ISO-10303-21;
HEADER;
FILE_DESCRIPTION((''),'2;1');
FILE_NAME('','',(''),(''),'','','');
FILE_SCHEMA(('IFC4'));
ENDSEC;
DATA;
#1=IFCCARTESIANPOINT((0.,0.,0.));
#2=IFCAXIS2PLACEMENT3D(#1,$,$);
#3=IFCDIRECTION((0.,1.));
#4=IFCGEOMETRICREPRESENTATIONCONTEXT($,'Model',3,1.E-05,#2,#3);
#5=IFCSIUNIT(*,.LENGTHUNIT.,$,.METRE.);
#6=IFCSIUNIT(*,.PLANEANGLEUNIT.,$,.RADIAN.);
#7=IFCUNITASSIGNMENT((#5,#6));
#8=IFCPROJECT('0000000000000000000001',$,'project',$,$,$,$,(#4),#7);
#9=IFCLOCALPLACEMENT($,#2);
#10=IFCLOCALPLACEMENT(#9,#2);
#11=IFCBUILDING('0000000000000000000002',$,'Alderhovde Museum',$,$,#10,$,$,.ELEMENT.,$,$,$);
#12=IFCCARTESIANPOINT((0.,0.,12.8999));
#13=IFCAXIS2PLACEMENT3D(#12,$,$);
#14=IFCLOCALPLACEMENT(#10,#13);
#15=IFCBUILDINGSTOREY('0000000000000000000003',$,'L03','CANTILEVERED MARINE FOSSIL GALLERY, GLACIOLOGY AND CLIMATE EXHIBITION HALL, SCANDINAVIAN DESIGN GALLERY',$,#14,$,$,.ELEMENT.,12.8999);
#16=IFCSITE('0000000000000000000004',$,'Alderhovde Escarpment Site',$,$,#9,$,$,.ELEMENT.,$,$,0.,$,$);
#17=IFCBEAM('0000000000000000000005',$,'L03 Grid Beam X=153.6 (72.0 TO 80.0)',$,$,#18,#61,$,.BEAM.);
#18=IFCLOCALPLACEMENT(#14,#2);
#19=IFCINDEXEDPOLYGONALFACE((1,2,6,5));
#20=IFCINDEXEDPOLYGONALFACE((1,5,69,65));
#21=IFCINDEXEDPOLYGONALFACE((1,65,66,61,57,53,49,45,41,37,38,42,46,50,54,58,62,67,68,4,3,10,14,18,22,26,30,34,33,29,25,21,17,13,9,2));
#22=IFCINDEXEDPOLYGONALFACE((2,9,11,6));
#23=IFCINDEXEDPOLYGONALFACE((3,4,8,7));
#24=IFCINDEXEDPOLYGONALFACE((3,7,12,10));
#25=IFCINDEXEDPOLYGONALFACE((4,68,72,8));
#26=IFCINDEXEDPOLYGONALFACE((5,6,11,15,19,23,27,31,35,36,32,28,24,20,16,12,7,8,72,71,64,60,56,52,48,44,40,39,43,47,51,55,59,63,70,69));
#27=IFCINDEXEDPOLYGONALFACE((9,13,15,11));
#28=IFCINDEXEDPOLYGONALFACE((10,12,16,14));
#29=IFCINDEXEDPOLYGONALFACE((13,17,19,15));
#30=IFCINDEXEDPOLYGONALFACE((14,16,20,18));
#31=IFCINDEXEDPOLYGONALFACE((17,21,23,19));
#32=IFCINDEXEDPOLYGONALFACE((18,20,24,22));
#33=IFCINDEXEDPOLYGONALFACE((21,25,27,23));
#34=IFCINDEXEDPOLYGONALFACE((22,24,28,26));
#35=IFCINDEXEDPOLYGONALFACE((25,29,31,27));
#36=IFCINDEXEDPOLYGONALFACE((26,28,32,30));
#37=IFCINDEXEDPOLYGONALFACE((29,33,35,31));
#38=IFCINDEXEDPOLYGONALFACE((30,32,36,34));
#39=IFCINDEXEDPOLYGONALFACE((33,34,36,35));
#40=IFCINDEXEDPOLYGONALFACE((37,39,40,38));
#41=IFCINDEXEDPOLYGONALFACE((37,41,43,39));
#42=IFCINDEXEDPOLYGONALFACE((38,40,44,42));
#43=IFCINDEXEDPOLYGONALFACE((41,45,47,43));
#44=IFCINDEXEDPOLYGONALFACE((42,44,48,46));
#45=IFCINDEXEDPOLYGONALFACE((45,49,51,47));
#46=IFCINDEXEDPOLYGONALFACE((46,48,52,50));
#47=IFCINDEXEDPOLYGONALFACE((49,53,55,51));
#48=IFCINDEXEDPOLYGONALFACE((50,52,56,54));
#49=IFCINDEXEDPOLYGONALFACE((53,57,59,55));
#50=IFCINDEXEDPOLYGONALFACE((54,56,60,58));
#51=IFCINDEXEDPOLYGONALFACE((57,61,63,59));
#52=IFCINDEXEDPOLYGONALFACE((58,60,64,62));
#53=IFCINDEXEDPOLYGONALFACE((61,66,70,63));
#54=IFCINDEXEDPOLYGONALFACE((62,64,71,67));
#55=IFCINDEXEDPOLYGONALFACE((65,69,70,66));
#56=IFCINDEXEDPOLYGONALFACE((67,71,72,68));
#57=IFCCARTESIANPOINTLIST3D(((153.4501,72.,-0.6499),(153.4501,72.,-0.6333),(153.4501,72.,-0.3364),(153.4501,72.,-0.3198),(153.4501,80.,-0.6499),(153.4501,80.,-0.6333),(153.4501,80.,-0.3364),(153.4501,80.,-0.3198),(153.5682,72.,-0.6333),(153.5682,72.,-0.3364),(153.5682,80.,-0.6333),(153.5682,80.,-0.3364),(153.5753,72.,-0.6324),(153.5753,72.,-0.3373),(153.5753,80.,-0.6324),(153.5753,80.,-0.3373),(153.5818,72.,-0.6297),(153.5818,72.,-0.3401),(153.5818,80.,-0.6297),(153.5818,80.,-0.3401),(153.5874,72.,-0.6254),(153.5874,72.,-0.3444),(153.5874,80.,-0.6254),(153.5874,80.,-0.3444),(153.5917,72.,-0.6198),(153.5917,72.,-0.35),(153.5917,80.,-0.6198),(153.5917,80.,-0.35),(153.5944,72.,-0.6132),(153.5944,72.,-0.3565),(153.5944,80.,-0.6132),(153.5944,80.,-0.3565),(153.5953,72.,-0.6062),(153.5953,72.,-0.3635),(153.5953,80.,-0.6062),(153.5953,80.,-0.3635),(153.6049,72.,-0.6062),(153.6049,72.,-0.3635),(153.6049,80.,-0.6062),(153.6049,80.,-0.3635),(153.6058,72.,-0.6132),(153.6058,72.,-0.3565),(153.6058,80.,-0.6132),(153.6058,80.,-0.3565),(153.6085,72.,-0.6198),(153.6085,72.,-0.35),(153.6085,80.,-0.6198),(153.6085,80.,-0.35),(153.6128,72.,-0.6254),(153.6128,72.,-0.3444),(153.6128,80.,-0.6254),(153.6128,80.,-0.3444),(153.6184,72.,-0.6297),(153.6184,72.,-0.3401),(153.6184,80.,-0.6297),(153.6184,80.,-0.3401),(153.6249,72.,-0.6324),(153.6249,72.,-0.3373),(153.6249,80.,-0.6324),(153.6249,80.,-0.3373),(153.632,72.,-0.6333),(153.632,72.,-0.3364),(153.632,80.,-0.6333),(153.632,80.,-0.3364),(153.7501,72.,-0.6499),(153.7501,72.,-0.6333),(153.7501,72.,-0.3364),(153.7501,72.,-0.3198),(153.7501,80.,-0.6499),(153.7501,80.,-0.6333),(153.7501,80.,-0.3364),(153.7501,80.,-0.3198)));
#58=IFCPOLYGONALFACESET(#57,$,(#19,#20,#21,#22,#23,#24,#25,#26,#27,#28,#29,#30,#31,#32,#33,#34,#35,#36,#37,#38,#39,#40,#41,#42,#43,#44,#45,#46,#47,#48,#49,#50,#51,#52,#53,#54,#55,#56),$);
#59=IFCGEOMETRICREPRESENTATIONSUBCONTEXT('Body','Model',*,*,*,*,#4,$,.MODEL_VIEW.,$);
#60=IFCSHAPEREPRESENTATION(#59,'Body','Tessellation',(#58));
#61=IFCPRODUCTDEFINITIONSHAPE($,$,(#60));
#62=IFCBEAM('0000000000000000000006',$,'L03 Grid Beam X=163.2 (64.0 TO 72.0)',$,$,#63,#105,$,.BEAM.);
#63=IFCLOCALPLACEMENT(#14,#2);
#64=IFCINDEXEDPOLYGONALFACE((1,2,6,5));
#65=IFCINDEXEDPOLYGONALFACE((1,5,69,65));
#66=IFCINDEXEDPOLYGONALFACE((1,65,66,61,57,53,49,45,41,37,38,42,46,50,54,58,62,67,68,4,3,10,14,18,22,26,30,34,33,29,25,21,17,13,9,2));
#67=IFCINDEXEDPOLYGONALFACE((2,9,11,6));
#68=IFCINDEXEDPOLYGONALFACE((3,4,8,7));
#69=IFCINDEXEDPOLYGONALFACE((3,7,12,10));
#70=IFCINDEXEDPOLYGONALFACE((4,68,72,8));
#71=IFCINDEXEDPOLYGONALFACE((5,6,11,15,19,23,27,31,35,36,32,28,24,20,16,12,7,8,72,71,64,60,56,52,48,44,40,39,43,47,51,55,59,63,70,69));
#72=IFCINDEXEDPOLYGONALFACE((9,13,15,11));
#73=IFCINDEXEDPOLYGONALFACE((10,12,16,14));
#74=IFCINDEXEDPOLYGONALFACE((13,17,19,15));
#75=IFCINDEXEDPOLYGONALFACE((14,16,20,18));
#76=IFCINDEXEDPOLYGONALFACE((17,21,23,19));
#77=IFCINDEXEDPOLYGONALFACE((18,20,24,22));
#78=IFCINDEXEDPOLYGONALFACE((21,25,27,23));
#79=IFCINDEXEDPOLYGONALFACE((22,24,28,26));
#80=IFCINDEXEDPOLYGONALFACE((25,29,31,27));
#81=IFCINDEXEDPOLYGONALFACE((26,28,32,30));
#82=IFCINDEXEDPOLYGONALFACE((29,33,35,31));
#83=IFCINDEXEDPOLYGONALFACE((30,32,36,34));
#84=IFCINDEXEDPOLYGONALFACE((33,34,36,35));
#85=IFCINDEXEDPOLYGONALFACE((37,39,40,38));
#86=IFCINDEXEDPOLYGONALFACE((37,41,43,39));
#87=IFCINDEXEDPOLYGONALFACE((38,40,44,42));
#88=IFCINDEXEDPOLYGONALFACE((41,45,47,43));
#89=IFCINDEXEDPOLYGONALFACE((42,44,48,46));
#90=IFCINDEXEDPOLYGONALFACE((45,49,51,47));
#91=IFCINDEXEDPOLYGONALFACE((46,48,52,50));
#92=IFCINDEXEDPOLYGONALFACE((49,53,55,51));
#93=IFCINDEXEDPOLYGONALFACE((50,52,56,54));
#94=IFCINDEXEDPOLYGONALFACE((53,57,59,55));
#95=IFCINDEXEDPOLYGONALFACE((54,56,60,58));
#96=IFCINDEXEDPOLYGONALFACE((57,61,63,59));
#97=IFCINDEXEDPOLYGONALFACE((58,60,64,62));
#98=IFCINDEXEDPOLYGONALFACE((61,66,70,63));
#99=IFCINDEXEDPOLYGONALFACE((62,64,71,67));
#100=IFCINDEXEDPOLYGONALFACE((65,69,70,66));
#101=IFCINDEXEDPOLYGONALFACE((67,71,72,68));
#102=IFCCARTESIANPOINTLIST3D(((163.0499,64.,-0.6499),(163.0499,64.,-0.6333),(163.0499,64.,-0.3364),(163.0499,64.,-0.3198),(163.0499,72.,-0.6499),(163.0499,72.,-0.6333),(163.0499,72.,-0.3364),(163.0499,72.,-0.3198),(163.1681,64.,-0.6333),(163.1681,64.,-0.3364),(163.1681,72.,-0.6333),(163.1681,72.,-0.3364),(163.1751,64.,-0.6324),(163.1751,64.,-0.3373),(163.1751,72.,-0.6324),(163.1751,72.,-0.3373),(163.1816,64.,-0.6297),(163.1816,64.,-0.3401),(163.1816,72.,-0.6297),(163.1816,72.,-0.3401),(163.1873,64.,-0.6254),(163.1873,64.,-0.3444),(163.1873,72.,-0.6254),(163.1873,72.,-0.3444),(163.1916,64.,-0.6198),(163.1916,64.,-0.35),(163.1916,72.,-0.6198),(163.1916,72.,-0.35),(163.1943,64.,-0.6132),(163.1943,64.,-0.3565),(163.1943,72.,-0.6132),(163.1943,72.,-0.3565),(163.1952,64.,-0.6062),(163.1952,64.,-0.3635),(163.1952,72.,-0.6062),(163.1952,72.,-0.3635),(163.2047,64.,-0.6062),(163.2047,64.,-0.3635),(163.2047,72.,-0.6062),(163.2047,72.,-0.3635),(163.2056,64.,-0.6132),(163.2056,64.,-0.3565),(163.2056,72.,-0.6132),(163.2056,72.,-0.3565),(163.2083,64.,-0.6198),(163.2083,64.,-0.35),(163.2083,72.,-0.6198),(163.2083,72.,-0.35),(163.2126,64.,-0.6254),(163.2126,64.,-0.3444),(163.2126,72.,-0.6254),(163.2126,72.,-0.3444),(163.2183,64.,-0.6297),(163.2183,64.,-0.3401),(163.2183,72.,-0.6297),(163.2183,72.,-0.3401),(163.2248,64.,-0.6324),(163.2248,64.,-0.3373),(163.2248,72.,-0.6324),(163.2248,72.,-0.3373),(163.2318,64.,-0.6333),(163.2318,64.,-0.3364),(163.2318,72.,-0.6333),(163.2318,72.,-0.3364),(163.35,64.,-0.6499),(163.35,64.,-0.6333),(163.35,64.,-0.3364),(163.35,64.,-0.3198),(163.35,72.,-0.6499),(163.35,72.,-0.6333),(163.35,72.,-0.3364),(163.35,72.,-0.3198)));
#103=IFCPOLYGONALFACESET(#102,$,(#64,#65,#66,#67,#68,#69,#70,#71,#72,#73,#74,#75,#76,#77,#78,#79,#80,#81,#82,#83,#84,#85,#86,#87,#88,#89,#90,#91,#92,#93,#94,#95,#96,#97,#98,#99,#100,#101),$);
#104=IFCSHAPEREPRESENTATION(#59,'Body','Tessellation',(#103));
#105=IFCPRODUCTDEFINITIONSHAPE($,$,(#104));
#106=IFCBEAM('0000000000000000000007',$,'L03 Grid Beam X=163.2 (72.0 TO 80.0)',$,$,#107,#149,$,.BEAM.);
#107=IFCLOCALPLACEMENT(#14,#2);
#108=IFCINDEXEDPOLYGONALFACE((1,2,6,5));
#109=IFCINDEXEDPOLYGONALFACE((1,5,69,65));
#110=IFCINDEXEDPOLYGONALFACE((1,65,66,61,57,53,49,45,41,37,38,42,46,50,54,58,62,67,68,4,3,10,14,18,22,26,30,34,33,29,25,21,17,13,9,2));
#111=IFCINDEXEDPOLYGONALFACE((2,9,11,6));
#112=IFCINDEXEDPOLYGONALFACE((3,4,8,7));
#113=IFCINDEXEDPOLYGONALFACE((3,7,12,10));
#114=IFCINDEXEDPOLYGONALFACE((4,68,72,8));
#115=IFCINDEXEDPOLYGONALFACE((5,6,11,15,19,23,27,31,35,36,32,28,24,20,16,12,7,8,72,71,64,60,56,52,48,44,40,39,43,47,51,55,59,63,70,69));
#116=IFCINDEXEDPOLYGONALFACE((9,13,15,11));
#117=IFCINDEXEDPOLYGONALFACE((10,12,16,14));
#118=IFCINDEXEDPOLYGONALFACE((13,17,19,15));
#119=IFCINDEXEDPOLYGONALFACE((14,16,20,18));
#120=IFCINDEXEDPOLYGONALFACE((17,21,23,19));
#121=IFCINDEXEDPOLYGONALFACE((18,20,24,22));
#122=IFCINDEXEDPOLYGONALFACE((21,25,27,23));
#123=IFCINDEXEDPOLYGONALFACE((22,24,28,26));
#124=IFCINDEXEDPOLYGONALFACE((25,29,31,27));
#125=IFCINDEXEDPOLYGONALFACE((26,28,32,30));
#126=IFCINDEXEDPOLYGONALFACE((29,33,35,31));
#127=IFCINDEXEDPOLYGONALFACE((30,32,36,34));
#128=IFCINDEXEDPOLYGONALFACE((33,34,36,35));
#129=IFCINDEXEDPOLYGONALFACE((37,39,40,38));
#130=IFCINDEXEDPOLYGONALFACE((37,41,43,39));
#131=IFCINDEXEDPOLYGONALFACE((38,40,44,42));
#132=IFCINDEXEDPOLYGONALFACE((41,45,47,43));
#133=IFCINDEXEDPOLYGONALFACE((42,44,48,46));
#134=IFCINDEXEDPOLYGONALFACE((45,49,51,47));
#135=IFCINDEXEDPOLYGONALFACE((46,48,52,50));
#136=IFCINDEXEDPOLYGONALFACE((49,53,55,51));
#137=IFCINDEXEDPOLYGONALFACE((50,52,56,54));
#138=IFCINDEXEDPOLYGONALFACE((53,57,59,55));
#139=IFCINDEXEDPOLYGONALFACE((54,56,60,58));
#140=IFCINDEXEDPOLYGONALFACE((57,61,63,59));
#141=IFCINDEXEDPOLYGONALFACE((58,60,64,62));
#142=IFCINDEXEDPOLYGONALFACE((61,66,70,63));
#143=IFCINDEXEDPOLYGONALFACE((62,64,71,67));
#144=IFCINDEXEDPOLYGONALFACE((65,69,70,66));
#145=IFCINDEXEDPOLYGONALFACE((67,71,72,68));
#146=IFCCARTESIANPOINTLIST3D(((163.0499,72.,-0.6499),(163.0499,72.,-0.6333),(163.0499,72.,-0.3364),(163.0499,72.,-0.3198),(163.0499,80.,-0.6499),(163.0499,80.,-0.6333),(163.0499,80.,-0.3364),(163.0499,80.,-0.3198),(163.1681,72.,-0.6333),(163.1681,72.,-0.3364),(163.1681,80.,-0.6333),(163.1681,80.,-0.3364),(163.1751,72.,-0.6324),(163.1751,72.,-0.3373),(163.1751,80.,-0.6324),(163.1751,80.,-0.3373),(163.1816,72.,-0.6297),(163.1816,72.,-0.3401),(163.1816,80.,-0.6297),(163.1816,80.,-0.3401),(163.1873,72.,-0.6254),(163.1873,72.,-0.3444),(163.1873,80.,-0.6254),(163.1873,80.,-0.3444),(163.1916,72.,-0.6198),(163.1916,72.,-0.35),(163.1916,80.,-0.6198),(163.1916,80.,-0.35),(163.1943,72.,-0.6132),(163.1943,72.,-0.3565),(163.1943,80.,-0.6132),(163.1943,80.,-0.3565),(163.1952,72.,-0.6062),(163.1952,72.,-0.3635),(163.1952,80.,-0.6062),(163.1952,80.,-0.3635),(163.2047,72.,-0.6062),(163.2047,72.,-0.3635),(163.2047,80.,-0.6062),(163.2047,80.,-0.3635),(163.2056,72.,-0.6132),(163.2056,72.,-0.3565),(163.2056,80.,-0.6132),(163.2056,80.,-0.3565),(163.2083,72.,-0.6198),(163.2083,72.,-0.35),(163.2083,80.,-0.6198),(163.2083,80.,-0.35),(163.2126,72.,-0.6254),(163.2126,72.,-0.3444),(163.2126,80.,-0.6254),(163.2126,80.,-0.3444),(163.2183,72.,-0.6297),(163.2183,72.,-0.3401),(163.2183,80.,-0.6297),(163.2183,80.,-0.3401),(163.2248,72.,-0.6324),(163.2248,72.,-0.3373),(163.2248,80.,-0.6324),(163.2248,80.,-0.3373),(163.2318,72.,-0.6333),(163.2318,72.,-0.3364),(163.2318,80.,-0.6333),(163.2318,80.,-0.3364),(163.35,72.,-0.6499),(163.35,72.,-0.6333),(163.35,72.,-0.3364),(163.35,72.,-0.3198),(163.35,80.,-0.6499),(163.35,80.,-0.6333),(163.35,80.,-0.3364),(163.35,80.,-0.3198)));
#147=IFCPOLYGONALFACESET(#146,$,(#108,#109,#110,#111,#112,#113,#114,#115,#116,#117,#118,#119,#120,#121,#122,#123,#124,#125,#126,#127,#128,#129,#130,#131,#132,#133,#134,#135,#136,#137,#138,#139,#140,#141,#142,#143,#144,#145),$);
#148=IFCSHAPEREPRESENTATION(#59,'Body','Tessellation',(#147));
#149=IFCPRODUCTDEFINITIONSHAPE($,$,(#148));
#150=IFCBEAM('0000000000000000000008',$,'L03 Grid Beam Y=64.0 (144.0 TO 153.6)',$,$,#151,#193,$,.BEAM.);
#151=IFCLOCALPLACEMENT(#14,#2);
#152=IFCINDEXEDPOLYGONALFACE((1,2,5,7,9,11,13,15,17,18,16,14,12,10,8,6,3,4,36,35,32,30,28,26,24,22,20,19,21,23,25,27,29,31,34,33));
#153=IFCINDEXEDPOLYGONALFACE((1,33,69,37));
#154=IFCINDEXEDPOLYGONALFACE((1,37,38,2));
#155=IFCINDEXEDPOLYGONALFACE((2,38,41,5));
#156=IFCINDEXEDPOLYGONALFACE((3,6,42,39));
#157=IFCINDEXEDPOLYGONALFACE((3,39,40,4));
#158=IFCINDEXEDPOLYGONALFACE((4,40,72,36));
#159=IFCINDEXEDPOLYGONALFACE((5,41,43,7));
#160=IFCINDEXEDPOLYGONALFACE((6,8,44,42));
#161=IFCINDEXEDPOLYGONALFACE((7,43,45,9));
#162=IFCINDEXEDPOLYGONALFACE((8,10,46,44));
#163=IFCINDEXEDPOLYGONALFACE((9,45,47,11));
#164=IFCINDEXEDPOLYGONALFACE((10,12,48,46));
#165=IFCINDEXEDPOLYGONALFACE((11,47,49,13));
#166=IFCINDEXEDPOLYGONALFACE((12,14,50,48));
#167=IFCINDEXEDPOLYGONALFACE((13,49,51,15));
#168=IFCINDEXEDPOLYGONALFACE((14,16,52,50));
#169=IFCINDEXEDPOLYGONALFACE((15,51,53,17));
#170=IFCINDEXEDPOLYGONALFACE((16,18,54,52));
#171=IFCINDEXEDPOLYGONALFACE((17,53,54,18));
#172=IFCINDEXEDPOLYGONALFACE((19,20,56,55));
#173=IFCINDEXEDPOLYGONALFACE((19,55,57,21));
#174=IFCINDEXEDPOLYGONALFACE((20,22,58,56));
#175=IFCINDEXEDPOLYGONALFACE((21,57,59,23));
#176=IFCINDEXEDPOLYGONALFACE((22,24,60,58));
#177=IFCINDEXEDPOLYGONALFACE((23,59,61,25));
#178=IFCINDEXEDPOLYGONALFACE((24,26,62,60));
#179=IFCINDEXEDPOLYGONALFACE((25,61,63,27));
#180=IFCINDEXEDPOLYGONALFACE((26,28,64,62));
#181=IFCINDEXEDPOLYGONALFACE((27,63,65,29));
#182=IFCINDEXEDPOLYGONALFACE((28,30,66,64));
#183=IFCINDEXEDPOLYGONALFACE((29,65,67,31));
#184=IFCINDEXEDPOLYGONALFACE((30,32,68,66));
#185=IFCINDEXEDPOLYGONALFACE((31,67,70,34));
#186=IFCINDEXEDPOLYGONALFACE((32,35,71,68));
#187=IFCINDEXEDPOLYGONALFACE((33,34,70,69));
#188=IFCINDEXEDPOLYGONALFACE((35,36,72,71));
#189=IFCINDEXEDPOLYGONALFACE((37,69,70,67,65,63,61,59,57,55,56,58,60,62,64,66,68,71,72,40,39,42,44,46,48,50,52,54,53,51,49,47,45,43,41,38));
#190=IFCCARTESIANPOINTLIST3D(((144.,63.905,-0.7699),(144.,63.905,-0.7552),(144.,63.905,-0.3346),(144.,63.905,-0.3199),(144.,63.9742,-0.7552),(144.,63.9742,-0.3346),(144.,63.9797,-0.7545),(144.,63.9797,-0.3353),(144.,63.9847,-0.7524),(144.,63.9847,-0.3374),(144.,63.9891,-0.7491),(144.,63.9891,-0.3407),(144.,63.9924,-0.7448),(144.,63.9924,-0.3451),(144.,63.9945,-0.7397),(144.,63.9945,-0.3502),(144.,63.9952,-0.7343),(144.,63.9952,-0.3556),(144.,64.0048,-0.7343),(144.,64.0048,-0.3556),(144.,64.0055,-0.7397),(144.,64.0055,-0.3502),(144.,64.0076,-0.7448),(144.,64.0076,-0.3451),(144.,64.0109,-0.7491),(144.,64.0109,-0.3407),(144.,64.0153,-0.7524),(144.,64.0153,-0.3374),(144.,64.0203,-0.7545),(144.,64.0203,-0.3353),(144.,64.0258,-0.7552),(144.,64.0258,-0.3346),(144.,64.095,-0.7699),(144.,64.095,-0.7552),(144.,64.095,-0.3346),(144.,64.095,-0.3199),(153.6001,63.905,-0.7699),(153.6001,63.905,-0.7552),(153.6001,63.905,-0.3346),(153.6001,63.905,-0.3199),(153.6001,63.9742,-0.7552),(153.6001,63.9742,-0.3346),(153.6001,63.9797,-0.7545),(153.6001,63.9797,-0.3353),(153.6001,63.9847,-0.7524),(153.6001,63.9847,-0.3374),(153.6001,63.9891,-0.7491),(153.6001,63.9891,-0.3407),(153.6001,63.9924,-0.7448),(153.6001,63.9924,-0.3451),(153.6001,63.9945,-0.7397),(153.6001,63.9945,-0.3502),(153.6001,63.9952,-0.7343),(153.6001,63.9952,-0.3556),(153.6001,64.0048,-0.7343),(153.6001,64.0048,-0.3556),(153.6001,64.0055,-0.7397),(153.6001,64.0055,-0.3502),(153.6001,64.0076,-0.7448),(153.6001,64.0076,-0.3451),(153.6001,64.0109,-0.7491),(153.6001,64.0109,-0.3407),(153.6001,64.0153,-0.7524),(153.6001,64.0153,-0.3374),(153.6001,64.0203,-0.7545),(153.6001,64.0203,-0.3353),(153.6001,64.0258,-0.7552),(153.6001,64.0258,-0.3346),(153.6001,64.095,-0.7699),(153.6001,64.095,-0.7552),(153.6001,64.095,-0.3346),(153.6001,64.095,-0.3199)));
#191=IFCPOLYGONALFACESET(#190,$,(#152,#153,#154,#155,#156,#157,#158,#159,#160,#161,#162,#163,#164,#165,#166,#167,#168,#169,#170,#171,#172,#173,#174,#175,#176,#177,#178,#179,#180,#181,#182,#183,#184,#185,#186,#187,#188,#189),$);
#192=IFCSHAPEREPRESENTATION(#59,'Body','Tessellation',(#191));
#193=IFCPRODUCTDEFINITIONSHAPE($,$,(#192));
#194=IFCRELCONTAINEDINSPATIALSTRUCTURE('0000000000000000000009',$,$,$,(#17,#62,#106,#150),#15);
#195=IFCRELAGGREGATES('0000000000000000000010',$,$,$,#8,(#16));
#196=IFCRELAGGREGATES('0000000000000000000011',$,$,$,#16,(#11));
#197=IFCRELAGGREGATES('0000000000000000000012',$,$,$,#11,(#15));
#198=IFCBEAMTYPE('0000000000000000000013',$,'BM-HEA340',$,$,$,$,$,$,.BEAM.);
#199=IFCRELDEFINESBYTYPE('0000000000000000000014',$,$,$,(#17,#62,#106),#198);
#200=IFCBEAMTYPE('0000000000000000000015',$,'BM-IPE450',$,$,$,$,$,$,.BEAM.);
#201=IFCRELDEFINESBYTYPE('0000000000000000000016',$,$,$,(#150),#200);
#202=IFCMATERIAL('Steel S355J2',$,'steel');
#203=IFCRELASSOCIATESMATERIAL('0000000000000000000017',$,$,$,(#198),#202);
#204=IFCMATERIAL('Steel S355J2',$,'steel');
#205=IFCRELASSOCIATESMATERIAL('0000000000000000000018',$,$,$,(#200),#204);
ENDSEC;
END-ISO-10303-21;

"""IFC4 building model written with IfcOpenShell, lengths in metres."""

from ifc_helpers import new_model, si_unit, direction, frame, origin, origin_2d, place, context, subcontext, project, spatial, i_section, extrude, material, material_profile, profile_set, type_object, element, save


model = new_model("IFC4")

# Units and contexts
model_context = context("Model", 3, precision=1e-05, world=origin(), true_north=direction((0.0, 1.0)))
body_context = subcontext(model_context, "Body", "Model", "MODEL_VIEW")
ifc_project = project(units=[si_unit("LENGTHUNIT", "METRE"), si_unit("PLANEANGLEUNIT", "RADIAN")], contexts=[model_context])

# Site, building, storey
site_placement = place(None, origin())
site = spatial("IfcSite", under=ifc_project, at=site_placement, Name="Alderhovde Escarpment Site", CompositionType="ELEMENT", RefElevation=0.0)
building_placement = place(site_placement, origin())
building = spatial("IfcBuilding", under=site, at=building_placement, Name="Alderhovde Museum", CompositionType="ELEMENT")
storey_placement = place(building_placement, frame((0.0, 0.0, 12.8999)))
storey = spatial("IfcBuildingStorey", under=building, at=storey_placement, Name="L03", Description="CANTILEVERED MARINE FOSSIL GALLERY, GLACIOLOGY AND CLIMATE EXHIBITION HALL, SCANDINAVIAN DESIGN GALLERY", CompositionType="ELEMENT", Elevation=12.8999)

# Beams
ifc_material_1 = material(Name="Steel S355J2", Category="steel")
ifc_material_profile_1 = material_profile(ifc_material_1, i_section(OverallWidth=0.3, OverallDepth=0.3301, WebThickness=0.0095, FlangeThickness=0.0166, FilletRadius=0.0271, at=origin_2d()), Name="HEA 340")
ifc_profile_set_1 = profile_set([ifc_material_profile_1], Name="Steel S355J2")
beam_type_1 = type_object("IfcBeamType", Name="BM-HEA340", PredefinedType="BEAM", material=ifc_profile_set_1)
for number, where, z_axis, x_axis, name in (
    (1, (153.6001, 72.0, -0.4849), (0.0, 1.0, 0.0), (-1.0, 0.0, 0.0), "L03 Grid Beam X=153.6 (72.0 TO 80.0)"),
    (2, (163.2, 64.0, -0.4849), (0.0, 1.0, 0.0), (-1.0, 0.0, 0.0), "L03 Grid Beam X=163.2 (64.0 TO 72.0)"),
    (3, (163.2, 72.0, -0.4849), (0.0, 1.0, 0.0), (-1.0, 0.0, 0.0), "L03 Grid Beam X=163.2 (72.0 TO 80.0)"),
):
    element("IfcBeam", number, at=place(storey_placement, frame(where, z_axis=z_axis, x_axis=x_axis)), inside=storey, type_object=beam_type_1, Name=name, PredefinedType="BEAM", context=body_context, shape_type="SweptSolid", body=[
        extrude(i_section(OverallWidth=0.3, OverallDepth=0.3301, WebThickness=0.0095, FlangeThickness=0.0166, FilletRadius=0.0271, at=origin_2d()), origin(), (0.0, 0.0, 1.0), 8.0),
    ])
ifc_material_2 = material(Name="Steel S355J2", Category="steel")
ifc_material_profile_2 = material_profile(ifc_material_2, i_section(OverallWidth=0.1899, OverallDepth=0.45, WebThickness=0.0095, FlangeThickness=0.0146, FilletRadius=0.021, at=origin_2d()), Name="IPE 450")
ifc_profile_set_2 = profile_set([ifc_material_profile_2], Name="Steel S355J2")
beam_type_2 = type_object("IfcBeamType", Name="BM-IPE450", PredefinedType="BEAM", material=ifc_profile_set_2)
beam_1_placement = place(storey_placement, frame((144.0, 64.0, -0.5449), z_axis=(1.0, 0.0, 0.0), x_axis=(0.0, 1.0, 0.0)))
element("IfcBeam", 4, at=beam_1_placement, inside=storey, type_object=beam_type_2, Name="L03 Grid Beam Y=64.0 (144.0 TO 153.6)", PredefinedType="BEAM", context=body_context, shape_type="SweptSolid", body=[
    extrude(i_section(OverallWidth=0.1899, OverallDepth=0.45, WebThickness=0.0095, FlangeThickness=0.0146, FilletRadius=0.021, at=origin_2d()), origin(), (0.0, 0.0, 1.0), 9.6001),
])

save(model, "model.ifc")
